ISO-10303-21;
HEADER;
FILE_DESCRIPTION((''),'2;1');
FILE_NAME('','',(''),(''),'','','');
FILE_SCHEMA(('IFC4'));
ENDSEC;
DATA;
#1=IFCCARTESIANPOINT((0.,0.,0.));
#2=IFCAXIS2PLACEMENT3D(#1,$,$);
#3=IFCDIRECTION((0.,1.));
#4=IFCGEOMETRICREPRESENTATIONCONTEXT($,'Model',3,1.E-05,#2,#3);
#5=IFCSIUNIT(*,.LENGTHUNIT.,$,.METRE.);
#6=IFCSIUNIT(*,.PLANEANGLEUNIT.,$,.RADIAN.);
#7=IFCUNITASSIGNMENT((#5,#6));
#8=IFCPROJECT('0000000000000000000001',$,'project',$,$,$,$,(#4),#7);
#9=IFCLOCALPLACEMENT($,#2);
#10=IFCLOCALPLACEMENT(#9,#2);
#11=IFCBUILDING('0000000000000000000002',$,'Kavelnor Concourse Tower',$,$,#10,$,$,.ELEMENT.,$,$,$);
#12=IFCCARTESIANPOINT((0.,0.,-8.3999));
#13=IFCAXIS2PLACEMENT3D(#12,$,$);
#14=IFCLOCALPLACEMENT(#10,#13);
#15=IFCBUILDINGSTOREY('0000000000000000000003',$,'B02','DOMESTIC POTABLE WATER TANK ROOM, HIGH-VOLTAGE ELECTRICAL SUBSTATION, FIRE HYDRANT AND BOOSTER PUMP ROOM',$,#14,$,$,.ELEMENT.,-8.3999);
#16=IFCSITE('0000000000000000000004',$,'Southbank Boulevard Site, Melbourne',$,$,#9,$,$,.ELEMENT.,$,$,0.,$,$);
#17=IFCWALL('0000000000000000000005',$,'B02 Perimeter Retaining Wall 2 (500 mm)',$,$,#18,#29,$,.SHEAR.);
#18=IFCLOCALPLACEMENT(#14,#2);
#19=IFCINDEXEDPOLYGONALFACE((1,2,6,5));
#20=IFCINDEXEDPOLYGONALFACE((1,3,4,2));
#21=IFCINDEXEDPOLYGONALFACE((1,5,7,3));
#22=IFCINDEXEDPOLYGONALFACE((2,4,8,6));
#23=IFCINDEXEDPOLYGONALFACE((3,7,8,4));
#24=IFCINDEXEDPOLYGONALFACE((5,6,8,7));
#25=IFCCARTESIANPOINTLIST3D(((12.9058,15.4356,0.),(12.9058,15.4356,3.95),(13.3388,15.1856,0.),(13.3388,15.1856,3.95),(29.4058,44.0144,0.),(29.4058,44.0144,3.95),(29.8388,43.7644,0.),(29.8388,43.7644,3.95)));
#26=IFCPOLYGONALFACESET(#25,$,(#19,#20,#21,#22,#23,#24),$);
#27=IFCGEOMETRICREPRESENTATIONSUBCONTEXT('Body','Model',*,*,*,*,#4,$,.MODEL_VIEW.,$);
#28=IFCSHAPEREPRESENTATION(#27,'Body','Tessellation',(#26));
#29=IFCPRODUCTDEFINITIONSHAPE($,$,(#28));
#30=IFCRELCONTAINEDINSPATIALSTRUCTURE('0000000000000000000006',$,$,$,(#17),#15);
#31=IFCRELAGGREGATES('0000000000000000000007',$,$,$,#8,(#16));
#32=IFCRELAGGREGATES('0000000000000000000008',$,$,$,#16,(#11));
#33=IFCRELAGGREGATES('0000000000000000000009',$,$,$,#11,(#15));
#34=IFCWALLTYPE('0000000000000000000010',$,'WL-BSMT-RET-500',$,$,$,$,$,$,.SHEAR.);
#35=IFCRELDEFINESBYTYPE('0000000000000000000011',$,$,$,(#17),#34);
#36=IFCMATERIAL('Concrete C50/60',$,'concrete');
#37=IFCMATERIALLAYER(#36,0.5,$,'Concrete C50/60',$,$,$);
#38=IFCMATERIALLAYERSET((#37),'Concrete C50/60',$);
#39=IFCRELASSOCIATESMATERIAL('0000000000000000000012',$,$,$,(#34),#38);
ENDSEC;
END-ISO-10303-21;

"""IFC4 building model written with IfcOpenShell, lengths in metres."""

from ifc_helpers import new_model, si_unit, direction, frame, frame_2d, origin, place, context, subcontext, project, spatial, rectangle, extrude, material, layer, layer_set, type_object, element, save


model = new_model("IFC4")

# Units and contexts
model_context = context("Model", 3, precision=1e-05, world=origin(), true_north=direction((0.0, 1.0)))
body_context = subcontext(model_context, "Body", "Model", "MODEL_VIEW")
ifc_project = project(units=[si_unit("LENGTHUNIT", "METRE"), si_unit("PLANEANGLEUNIT", "RADIAN")], contexts=[model_context])

# Site, building, storey
site_placement = place(None, origin())
site = spatial("IfcSite", under=ifc_project, at=site_placement, Name="Southbank Boulevard Site, Melbourne", CompositionType="ELEMENT", RefElevation=0.0)
building_placement = place(site_placement, origin())
building = spatial("IfcBuilding", under=site, at=building_placement, Name="Kavelnor Concourse Tower", CompositionType="ELEMENT")
storey_placement = place(building_placement, frame((0.0, 0.0, -8.3999)))
storey = spatial("IfcBuildingStorey", under=building, at=storey_placement, Name="B02", Description="DOMESTIC POTABLE WATER TANK ROOM, HIGH-VOLTAGE ELECTRICAL SUBSTATION, FIRE HYDRANT AND BOOSTER PUMP ROOM", CompositionType="ELEMENT", Elevation=-8.3999)

# Shared definitions
ifc_material_1 = material(Name="Concrete C50/60", Category="concrete")

# Wall
ifc_layer = layer(ifc_material_1, 0.5, Name="Concrete C50/60")
ifc_layer_set = layer_set([ifc_layer], Name="Concrete C50/60")
wall_type = type_object("IfcWallType", Name="WL-BSMT-RET-500", PredefinedType="SHEAR", material=ifc_layer_set)
wall_placement = place(storey_placement, frame((29.6223, 43.8894, 0.0), z_axis=(0.0, 0.0, 1.0), x_axis=(-0.5, -0.866026, 0.0)))
element("IfcWall", 1, at=wall_placement, inside=storey, type_object=wall_type, Name="B02 Perimeter Retaining Wall 2 (500 mm)", PredefinedType="SHEAR", context=body_context, shape_type="SweptSolid", body=[
    extrude(rectangle(XDim=33.0, YDim=0.5, at=frame_2d((16.5, 0.0))), origin(), (0.0, 0.0, 1.0), 3.95),
])

save(model, "model.ifc")
